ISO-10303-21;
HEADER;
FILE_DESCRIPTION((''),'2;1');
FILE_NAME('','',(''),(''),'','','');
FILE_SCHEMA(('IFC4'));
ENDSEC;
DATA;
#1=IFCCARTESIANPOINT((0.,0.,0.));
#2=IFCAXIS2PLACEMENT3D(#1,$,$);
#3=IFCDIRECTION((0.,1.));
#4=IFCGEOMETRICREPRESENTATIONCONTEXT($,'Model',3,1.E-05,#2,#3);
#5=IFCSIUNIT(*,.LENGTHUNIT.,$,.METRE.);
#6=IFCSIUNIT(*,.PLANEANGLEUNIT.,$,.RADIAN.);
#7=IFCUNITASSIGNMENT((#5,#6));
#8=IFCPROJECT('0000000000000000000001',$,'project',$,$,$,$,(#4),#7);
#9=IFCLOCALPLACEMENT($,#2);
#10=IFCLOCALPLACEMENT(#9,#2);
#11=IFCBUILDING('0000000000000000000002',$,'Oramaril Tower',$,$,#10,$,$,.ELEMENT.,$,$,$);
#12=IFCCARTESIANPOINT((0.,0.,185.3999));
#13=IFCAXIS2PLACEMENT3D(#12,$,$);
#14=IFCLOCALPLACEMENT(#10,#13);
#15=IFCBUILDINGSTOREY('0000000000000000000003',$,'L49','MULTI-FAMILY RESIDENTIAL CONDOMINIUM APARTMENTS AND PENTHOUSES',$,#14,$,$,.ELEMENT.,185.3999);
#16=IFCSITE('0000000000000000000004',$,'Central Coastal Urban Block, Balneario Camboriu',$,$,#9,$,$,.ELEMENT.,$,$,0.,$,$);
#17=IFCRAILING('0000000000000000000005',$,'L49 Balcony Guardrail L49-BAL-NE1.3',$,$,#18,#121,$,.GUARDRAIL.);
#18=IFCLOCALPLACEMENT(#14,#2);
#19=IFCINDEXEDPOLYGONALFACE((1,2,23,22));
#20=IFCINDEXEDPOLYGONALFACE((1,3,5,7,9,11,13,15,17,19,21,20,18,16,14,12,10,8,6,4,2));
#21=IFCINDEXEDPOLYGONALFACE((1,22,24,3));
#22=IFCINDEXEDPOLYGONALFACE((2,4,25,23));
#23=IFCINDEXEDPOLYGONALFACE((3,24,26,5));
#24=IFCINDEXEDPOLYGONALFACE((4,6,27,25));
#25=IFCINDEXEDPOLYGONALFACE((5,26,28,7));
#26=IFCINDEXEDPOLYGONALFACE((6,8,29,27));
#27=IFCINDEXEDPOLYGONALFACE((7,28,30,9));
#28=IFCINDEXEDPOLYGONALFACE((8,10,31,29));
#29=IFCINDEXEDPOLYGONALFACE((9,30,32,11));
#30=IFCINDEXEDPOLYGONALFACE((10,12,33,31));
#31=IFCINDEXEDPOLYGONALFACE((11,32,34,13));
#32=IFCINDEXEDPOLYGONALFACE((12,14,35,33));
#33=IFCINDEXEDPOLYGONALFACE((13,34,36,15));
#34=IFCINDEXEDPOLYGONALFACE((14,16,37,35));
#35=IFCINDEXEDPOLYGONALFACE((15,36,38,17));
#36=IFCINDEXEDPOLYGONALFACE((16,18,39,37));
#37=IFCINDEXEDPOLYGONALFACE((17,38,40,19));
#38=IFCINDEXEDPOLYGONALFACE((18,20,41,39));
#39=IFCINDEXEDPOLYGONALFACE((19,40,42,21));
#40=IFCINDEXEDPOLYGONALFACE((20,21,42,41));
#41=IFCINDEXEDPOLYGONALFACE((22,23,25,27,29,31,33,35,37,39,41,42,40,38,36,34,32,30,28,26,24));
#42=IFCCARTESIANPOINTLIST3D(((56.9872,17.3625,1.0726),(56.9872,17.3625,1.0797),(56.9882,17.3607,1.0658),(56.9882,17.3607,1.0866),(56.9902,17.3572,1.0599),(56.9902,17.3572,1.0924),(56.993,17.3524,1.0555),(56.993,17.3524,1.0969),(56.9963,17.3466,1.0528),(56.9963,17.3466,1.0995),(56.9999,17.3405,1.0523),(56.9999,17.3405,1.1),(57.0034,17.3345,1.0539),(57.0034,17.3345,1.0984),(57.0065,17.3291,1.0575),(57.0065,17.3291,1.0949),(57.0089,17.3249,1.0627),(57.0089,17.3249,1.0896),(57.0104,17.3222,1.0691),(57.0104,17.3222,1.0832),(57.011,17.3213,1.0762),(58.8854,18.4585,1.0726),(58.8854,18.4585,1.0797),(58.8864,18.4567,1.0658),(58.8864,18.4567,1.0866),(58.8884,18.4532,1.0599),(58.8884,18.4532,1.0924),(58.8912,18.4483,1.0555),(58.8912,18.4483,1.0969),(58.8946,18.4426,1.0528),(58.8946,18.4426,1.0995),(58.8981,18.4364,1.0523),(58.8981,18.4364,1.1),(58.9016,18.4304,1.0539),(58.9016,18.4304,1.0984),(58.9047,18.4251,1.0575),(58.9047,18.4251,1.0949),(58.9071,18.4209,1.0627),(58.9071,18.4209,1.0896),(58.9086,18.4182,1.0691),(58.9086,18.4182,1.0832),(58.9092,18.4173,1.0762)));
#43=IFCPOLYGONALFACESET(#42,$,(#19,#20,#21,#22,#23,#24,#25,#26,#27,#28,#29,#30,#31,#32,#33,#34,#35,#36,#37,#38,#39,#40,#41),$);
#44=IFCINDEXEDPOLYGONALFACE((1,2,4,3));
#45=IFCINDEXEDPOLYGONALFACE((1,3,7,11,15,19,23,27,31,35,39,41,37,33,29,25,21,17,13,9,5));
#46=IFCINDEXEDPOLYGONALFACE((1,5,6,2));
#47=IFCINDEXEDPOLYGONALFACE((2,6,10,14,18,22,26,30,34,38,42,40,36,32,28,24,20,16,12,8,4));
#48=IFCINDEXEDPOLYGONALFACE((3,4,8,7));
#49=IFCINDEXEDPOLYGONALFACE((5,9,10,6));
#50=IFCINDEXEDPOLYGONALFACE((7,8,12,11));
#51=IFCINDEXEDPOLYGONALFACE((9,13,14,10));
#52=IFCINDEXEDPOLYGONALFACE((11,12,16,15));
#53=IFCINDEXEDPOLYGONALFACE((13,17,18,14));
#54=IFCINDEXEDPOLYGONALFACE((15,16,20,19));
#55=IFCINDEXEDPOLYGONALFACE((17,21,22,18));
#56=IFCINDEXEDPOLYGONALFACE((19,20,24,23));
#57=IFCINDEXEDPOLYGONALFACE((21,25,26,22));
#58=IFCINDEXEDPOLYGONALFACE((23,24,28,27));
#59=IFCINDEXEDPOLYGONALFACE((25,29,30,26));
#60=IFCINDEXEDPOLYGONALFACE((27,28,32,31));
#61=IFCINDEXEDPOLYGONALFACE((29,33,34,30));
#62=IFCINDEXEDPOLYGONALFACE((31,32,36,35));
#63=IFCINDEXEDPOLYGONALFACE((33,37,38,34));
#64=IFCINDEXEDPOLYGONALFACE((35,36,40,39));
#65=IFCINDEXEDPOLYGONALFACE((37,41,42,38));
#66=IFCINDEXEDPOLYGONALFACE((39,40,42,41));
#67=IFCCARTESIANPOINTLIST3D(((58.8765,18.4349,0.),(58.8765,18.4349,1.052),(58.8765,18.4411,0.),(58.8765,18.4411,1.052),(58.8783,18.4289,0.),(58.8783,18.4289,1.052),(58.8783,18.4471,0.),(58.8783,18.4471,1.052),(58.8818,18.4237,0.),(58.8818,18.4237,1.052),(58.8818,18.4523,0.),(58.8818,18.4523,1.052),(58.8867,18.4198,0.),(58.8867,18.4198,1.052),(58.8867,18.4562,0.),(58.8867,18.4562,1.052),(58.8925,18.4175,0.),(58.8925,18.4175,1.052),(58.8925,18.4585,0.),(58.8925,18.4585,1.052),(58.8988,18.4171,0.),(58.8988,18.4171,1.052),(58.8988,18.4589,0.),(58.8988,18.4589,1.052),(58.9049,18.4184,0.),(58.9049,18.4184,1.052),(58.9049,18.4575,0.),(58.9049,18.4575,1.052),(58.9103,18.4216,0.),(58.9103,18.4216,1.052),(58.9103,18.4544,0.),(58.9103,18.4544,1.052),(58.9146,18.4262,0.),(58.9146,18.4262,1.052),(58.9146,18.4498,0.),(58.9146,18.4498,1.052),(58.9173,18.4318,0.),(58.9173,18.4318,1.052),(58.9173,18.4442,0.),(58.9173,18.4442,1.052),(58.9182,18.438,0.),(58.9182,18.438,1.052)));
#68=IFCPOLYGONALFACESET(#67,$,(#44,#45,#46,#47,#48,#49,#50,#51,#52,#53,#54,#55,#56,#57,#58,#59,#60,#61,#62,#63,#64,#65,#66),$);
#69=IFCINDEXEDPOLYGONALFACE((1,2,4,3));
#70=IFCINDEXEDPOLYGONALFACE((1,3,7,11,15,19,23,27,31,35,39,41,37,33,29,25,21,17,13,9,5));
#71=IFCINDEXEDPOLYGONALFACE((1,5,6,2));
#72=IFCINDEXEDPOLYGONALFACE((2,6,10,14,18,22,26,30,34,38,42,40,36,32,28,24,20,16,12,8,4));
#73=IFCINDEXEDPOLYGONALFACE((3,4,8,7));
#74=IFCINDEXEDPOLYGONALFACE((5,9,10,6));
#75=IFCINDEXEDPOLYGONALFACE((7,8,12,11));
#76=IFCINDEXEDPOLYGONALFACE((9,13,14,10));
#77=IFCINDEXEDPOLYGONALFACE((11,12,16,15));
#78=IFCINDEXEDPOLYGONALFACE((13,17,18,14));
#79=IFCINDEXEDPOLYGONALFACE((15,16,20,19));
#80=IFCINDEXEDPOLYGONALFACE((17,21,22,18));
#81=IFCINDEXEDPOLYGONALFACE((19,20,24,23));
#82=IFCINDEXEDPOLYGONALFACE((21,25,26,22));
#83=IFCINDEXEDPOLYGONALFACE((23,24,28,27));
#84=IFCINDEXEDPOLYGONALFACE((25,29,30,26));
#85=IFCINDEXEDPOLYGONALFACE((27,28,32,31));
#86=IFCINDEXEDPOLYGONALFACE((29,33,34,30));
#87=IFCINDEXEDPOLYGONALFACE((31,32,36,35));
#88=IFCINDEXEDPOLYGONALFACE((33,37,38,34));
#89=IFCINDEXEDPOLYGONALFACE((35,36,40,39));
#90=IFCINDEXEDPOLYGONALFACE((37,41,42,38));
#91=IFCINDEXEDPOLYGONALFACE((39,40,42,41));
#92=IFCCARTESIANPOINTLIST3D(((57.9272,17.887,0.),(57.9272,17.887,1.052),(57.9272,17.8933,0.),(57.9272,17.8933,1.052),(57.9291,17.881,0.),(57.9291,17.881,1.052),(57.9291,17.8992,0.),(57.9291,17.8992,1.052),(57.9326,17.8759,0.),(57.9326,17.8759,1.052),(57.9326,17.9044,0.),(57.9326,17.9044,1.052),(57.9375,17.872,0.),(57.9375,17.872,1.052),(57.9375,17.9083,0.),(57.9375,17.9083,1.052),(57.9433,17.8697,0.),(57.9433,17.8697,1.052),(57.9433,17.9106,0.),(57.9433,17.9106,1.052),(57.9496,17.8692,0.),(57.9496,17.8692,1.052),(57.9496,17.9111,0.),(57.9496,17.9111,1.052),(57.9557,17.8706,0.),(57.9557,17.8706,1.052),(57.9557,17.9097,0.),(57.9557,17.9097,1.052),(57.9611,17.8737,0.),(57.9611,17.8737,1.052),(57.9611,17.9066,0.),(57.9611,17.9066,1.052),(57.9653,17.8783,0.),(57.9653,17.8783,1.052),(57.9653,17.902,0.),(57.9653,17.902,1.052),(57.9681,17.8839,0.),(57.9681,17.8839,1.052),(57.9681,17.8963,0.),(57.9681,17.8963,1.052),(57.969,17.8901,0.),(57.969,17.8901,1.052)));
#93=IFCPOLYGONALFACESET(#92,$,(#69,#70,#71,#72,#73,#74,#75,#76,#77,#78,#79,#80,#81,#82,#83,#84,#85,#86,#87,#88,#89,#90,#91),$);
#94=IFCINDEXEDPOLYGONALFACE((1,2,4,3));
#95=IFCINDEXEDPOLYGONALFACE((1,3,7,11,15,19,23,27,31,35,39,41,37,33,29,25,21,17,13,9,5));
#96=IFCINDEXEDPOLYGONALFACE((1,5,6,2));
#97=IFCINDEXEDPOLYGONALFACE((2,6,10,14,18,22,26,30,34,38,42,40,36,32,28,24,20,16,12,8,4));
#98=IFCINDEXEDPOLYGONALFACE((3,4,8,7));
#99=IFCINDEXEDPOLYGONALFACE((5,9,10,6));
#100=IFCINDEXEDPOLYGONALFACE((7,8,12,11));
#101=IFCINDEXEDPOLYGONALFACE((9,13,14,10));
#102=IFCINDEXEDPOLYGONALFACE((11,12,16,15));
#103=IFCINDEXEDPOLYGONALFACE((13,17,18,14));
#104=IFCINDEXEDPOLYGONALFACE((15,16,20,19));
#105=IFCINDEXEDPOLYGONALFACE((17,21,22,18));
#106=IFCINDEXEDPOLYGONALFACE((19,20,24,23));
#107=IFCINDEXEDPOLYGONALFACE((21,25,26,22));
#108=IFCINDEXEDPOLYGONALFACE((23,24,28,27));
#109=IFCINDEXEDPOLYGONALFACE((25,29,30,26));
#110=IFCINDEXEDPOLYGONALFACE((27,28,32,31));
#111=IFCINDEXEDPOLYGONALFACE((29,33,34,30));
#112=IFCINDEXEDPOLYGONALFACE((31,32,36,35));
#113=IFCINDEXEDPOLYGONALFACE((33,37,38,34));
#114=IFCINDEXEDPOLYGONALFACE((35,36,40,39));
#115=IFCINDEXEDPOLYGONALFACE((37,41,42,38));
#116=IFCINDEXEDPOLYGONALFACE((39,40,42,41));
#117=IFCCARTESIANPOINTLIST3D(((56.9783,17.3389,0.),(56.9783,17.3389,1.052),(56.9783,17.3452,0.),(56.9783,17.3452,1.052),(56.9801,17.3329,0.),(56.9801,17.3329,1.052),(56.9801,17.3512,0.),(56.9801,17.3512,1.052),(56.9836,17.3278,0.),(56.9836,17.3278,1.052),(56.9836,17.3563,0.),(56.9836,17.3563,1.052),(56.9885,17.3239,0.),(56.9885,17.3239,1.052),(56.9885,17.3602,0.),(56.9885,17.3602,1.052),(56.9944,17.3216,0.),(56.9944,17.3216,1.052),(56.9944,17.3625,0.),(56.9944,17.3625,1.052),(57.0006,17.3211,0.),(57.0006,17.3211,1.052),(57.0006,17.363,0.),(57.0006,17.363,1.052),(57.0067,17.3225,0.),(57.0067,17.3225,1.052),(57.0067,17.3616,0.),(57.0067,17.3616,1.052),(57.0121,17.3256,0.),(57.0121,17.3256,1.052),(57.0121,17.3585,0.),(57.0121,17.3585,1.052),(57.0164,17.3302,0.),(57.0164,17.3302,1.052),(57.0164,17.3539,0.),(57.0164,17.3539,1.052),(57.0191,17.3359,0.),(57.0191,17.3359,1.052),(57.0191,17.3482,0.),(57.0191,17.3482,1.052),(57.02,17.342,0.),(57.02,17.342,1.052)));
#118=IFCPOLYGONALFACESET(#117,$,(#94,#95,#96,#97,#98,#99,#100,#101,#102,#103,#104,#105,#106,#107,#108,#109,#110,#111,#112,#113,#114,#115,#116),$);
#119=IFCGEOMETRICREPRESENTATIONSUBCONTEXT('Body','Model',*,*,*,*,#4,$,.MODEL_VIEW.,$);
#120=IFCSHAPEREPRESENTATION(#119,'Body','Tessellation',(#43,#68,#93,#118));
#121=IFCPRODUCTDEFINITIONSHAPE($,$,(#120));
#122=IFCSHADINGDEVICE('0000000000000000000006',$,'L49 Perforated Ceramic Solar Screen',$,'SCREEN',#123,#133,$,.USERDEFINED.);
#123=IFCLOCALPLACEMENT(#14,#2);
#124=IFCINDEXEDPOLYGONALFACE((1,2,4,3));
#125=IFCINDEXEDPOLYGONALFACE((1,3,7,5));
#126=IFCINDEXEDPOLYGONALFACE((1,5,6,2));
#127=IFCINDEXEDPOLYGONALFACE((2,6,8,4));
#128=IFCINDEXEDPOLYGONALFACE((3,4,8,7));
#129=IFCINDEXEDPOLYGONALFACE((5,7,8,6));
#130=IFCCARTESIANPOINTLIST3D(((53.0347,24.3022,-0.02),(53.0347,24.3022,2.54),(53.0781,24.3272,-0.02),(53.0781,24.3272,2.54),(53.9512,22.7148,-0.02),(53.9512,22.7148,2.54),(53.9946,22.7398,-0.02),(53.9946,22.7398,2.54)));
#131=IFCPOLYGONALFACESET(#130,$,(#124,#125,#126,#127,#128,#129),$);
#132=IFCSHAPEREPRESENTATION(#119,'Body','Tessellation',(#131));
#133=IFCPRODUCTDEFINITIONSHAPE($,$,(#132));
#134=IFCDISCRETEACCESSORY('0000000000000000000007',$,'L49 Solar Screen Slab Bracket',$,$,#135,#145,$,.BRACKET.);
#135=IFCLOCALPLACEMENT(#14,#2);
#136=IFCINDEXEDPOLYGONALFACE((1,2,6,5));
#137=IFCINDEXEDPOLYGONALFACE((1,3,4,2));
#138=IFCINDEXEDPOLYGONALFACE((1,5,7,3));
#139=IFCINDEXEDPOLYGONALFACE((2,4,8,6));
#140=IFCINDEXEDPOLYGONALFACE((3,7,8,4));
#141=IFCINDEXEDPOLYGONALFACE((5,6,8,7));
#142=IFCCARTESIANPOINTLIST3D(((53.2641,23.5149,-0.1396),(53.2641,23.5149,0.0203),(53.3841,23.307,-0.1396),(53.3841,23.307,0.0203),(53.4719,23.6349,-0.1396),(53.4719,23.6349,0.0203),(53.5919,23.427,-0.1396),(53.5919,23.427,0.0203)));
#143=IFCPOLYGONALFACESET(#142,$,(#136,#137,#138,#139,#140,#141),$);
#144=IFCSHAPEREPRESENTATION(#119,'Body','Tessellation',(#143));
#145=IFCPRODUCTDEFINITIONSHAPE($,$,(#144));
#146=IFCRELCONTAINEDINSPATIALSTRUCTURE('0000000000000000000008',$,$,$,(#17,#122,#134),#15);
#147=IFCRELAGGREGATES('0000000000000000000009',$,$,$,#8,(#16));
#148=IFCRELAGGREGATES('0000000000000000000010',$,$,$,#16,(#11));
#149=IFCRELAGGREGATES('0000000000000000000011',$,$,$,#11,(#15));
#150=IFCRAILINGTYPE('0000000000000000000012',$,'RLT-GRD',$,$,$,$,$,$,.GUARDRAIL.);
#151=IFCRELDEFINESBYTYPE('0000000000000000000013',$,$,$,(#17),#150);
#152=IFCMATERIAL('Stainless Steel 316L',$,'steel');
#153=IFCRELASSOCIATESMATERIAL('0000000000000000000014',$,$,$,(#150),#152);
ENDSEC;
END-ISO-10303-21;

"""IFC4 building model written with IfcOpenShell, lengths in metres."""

from ifc_helpers import new_model, si_unit, direction, frame, origin, origin_2d, place, context, subcontext, project, spatial, rectangle, circle, extrude, material, type_object, element, save


model = new_model("IFC4")

# Units and contexts
model_context = context("Model", 3, precision=1e-05, world=origin(), true_north=direction((0.0, 1.0)))
body_context = subcontext(model_context, "Body", "Model", "MODEL_VIEW")
ifc_project = project(units=[si_unit("LENGTHUNIT", "METRE"), si_unit("PLANEANGLEUNIT", "RADIAN")], contexts=[model_context])

# Site, building, storey
site_placement = place(None, origin())
site = spatial("IfcSite", under=ifc_project, at=site_placement, Name="Central Coastal Urban Block, Balneario Camboriu", CompositionType="ELEMENT", RefElevation=0.0)
building_placement = place(site_placement, origin())
building = spatial("IfcBuilding", under=site, at=building_placement, Name="Oramaril Tower", CompositionType="ELEMENT")
storey_placement = place(building_placement, frame((0.0, 0.0, 185.3999)))
storey = spatial("IfcBuildingStorey", under=building, at=storey_placement, Name="L49", Description="MULTI-FAMILY RESIDENTIAL CONDOMINIUM APARTMENTS AND PENTHOUSES", CompositionType="ELEMENT", Elevation=185.3999)

# Railing
ifc_material_1 = material(Name="Stainless Steel 316L", Category="steel")
railing_type = type_object("IfcRailingType", Name="RLT-GRD", PredefinedType="GUARDRAIL", material=ifc_material_1)
railing_1_placement = place(storey_placement, frame((58.8972, 18.438, 0.0)))
element("IfcRailing", 1, at=railing_1_placement, inside=storey, type_object=railing_type, Name="L49 Balcony Guardrail L49-BAL-NE1.3", PredefinedType="GUARDRAIL", context=body_context, shape_type="SweptSolid", body=[
    extrude(circle(Radius=0.0239, at=origin_2d()), frame((0.0, 0.0, 1.0762), z_axis=(-0.866021, -0.500008, 0.0), x_axis=(0.500008, -0.866021, 0.0)), (0.0, 0.0, 1.0), 2.1919),
    extrude(circle(Radius=0.021, at=origin_2d()), origin(), (0.0, 0.0, 1.0), 1.052),
    extrude(circle(Radius=0.021, at=origin_2d()), frame((-0.9492, -0.5479, 0.0)), (0.0, 0.0, 1.0), 1.052),
    extrude(circle(Radius=0.021, at=origin_2d()), frame((-1.8982, -1.0959, 0.0)), (0.0, 0.0, 1.0), 1.052),
])

# Shading device
shading_device_placement = place(storey_placement, frame((53.5146, 23.521, -0.02), z_axis=(0.0, 0.0, 1.0), x_axis=(-0.5, 0.866025, 0.0)))
element("IfcShadingDevice", 2, at=shading_device_placement, inside=storey, Name="L49 Perforated Ceramic Solar Screen", ObjectType="SCREEN", PredefinedType="USERDEFINED", context=body_context, shape_type="SweptSolid", body=[
    extrude(rectangle(XDim=1.833, YDim=0.05, at=origin_2d()), origin(), (0.0, 0.0, 1.0), 2.5601),
])

# Discrete accessory
discrete_accessory_placement = place(storey_placement, frame((53.428, 23.4709, -0.1396), z_axis=(0.0, 0.0, 1.0), x_axis=(-0.5, 0.866025, 0.0)))
element("IfcDiscreteAccessory", 3, at=discrete_accessory_placement, inside=storey, Name="L49 Solar Screen Slab Bracket", PredefinedType="BRACKET", context=body_context, shape_type="SweptSolid", body=[
    extrude(rectangle(XDim=0.24, YDim=0.24, at=origin_2d()), origin(), (0.0, 0.0, 1.0), 0.1599),
])

save(model, "model.ifc")
